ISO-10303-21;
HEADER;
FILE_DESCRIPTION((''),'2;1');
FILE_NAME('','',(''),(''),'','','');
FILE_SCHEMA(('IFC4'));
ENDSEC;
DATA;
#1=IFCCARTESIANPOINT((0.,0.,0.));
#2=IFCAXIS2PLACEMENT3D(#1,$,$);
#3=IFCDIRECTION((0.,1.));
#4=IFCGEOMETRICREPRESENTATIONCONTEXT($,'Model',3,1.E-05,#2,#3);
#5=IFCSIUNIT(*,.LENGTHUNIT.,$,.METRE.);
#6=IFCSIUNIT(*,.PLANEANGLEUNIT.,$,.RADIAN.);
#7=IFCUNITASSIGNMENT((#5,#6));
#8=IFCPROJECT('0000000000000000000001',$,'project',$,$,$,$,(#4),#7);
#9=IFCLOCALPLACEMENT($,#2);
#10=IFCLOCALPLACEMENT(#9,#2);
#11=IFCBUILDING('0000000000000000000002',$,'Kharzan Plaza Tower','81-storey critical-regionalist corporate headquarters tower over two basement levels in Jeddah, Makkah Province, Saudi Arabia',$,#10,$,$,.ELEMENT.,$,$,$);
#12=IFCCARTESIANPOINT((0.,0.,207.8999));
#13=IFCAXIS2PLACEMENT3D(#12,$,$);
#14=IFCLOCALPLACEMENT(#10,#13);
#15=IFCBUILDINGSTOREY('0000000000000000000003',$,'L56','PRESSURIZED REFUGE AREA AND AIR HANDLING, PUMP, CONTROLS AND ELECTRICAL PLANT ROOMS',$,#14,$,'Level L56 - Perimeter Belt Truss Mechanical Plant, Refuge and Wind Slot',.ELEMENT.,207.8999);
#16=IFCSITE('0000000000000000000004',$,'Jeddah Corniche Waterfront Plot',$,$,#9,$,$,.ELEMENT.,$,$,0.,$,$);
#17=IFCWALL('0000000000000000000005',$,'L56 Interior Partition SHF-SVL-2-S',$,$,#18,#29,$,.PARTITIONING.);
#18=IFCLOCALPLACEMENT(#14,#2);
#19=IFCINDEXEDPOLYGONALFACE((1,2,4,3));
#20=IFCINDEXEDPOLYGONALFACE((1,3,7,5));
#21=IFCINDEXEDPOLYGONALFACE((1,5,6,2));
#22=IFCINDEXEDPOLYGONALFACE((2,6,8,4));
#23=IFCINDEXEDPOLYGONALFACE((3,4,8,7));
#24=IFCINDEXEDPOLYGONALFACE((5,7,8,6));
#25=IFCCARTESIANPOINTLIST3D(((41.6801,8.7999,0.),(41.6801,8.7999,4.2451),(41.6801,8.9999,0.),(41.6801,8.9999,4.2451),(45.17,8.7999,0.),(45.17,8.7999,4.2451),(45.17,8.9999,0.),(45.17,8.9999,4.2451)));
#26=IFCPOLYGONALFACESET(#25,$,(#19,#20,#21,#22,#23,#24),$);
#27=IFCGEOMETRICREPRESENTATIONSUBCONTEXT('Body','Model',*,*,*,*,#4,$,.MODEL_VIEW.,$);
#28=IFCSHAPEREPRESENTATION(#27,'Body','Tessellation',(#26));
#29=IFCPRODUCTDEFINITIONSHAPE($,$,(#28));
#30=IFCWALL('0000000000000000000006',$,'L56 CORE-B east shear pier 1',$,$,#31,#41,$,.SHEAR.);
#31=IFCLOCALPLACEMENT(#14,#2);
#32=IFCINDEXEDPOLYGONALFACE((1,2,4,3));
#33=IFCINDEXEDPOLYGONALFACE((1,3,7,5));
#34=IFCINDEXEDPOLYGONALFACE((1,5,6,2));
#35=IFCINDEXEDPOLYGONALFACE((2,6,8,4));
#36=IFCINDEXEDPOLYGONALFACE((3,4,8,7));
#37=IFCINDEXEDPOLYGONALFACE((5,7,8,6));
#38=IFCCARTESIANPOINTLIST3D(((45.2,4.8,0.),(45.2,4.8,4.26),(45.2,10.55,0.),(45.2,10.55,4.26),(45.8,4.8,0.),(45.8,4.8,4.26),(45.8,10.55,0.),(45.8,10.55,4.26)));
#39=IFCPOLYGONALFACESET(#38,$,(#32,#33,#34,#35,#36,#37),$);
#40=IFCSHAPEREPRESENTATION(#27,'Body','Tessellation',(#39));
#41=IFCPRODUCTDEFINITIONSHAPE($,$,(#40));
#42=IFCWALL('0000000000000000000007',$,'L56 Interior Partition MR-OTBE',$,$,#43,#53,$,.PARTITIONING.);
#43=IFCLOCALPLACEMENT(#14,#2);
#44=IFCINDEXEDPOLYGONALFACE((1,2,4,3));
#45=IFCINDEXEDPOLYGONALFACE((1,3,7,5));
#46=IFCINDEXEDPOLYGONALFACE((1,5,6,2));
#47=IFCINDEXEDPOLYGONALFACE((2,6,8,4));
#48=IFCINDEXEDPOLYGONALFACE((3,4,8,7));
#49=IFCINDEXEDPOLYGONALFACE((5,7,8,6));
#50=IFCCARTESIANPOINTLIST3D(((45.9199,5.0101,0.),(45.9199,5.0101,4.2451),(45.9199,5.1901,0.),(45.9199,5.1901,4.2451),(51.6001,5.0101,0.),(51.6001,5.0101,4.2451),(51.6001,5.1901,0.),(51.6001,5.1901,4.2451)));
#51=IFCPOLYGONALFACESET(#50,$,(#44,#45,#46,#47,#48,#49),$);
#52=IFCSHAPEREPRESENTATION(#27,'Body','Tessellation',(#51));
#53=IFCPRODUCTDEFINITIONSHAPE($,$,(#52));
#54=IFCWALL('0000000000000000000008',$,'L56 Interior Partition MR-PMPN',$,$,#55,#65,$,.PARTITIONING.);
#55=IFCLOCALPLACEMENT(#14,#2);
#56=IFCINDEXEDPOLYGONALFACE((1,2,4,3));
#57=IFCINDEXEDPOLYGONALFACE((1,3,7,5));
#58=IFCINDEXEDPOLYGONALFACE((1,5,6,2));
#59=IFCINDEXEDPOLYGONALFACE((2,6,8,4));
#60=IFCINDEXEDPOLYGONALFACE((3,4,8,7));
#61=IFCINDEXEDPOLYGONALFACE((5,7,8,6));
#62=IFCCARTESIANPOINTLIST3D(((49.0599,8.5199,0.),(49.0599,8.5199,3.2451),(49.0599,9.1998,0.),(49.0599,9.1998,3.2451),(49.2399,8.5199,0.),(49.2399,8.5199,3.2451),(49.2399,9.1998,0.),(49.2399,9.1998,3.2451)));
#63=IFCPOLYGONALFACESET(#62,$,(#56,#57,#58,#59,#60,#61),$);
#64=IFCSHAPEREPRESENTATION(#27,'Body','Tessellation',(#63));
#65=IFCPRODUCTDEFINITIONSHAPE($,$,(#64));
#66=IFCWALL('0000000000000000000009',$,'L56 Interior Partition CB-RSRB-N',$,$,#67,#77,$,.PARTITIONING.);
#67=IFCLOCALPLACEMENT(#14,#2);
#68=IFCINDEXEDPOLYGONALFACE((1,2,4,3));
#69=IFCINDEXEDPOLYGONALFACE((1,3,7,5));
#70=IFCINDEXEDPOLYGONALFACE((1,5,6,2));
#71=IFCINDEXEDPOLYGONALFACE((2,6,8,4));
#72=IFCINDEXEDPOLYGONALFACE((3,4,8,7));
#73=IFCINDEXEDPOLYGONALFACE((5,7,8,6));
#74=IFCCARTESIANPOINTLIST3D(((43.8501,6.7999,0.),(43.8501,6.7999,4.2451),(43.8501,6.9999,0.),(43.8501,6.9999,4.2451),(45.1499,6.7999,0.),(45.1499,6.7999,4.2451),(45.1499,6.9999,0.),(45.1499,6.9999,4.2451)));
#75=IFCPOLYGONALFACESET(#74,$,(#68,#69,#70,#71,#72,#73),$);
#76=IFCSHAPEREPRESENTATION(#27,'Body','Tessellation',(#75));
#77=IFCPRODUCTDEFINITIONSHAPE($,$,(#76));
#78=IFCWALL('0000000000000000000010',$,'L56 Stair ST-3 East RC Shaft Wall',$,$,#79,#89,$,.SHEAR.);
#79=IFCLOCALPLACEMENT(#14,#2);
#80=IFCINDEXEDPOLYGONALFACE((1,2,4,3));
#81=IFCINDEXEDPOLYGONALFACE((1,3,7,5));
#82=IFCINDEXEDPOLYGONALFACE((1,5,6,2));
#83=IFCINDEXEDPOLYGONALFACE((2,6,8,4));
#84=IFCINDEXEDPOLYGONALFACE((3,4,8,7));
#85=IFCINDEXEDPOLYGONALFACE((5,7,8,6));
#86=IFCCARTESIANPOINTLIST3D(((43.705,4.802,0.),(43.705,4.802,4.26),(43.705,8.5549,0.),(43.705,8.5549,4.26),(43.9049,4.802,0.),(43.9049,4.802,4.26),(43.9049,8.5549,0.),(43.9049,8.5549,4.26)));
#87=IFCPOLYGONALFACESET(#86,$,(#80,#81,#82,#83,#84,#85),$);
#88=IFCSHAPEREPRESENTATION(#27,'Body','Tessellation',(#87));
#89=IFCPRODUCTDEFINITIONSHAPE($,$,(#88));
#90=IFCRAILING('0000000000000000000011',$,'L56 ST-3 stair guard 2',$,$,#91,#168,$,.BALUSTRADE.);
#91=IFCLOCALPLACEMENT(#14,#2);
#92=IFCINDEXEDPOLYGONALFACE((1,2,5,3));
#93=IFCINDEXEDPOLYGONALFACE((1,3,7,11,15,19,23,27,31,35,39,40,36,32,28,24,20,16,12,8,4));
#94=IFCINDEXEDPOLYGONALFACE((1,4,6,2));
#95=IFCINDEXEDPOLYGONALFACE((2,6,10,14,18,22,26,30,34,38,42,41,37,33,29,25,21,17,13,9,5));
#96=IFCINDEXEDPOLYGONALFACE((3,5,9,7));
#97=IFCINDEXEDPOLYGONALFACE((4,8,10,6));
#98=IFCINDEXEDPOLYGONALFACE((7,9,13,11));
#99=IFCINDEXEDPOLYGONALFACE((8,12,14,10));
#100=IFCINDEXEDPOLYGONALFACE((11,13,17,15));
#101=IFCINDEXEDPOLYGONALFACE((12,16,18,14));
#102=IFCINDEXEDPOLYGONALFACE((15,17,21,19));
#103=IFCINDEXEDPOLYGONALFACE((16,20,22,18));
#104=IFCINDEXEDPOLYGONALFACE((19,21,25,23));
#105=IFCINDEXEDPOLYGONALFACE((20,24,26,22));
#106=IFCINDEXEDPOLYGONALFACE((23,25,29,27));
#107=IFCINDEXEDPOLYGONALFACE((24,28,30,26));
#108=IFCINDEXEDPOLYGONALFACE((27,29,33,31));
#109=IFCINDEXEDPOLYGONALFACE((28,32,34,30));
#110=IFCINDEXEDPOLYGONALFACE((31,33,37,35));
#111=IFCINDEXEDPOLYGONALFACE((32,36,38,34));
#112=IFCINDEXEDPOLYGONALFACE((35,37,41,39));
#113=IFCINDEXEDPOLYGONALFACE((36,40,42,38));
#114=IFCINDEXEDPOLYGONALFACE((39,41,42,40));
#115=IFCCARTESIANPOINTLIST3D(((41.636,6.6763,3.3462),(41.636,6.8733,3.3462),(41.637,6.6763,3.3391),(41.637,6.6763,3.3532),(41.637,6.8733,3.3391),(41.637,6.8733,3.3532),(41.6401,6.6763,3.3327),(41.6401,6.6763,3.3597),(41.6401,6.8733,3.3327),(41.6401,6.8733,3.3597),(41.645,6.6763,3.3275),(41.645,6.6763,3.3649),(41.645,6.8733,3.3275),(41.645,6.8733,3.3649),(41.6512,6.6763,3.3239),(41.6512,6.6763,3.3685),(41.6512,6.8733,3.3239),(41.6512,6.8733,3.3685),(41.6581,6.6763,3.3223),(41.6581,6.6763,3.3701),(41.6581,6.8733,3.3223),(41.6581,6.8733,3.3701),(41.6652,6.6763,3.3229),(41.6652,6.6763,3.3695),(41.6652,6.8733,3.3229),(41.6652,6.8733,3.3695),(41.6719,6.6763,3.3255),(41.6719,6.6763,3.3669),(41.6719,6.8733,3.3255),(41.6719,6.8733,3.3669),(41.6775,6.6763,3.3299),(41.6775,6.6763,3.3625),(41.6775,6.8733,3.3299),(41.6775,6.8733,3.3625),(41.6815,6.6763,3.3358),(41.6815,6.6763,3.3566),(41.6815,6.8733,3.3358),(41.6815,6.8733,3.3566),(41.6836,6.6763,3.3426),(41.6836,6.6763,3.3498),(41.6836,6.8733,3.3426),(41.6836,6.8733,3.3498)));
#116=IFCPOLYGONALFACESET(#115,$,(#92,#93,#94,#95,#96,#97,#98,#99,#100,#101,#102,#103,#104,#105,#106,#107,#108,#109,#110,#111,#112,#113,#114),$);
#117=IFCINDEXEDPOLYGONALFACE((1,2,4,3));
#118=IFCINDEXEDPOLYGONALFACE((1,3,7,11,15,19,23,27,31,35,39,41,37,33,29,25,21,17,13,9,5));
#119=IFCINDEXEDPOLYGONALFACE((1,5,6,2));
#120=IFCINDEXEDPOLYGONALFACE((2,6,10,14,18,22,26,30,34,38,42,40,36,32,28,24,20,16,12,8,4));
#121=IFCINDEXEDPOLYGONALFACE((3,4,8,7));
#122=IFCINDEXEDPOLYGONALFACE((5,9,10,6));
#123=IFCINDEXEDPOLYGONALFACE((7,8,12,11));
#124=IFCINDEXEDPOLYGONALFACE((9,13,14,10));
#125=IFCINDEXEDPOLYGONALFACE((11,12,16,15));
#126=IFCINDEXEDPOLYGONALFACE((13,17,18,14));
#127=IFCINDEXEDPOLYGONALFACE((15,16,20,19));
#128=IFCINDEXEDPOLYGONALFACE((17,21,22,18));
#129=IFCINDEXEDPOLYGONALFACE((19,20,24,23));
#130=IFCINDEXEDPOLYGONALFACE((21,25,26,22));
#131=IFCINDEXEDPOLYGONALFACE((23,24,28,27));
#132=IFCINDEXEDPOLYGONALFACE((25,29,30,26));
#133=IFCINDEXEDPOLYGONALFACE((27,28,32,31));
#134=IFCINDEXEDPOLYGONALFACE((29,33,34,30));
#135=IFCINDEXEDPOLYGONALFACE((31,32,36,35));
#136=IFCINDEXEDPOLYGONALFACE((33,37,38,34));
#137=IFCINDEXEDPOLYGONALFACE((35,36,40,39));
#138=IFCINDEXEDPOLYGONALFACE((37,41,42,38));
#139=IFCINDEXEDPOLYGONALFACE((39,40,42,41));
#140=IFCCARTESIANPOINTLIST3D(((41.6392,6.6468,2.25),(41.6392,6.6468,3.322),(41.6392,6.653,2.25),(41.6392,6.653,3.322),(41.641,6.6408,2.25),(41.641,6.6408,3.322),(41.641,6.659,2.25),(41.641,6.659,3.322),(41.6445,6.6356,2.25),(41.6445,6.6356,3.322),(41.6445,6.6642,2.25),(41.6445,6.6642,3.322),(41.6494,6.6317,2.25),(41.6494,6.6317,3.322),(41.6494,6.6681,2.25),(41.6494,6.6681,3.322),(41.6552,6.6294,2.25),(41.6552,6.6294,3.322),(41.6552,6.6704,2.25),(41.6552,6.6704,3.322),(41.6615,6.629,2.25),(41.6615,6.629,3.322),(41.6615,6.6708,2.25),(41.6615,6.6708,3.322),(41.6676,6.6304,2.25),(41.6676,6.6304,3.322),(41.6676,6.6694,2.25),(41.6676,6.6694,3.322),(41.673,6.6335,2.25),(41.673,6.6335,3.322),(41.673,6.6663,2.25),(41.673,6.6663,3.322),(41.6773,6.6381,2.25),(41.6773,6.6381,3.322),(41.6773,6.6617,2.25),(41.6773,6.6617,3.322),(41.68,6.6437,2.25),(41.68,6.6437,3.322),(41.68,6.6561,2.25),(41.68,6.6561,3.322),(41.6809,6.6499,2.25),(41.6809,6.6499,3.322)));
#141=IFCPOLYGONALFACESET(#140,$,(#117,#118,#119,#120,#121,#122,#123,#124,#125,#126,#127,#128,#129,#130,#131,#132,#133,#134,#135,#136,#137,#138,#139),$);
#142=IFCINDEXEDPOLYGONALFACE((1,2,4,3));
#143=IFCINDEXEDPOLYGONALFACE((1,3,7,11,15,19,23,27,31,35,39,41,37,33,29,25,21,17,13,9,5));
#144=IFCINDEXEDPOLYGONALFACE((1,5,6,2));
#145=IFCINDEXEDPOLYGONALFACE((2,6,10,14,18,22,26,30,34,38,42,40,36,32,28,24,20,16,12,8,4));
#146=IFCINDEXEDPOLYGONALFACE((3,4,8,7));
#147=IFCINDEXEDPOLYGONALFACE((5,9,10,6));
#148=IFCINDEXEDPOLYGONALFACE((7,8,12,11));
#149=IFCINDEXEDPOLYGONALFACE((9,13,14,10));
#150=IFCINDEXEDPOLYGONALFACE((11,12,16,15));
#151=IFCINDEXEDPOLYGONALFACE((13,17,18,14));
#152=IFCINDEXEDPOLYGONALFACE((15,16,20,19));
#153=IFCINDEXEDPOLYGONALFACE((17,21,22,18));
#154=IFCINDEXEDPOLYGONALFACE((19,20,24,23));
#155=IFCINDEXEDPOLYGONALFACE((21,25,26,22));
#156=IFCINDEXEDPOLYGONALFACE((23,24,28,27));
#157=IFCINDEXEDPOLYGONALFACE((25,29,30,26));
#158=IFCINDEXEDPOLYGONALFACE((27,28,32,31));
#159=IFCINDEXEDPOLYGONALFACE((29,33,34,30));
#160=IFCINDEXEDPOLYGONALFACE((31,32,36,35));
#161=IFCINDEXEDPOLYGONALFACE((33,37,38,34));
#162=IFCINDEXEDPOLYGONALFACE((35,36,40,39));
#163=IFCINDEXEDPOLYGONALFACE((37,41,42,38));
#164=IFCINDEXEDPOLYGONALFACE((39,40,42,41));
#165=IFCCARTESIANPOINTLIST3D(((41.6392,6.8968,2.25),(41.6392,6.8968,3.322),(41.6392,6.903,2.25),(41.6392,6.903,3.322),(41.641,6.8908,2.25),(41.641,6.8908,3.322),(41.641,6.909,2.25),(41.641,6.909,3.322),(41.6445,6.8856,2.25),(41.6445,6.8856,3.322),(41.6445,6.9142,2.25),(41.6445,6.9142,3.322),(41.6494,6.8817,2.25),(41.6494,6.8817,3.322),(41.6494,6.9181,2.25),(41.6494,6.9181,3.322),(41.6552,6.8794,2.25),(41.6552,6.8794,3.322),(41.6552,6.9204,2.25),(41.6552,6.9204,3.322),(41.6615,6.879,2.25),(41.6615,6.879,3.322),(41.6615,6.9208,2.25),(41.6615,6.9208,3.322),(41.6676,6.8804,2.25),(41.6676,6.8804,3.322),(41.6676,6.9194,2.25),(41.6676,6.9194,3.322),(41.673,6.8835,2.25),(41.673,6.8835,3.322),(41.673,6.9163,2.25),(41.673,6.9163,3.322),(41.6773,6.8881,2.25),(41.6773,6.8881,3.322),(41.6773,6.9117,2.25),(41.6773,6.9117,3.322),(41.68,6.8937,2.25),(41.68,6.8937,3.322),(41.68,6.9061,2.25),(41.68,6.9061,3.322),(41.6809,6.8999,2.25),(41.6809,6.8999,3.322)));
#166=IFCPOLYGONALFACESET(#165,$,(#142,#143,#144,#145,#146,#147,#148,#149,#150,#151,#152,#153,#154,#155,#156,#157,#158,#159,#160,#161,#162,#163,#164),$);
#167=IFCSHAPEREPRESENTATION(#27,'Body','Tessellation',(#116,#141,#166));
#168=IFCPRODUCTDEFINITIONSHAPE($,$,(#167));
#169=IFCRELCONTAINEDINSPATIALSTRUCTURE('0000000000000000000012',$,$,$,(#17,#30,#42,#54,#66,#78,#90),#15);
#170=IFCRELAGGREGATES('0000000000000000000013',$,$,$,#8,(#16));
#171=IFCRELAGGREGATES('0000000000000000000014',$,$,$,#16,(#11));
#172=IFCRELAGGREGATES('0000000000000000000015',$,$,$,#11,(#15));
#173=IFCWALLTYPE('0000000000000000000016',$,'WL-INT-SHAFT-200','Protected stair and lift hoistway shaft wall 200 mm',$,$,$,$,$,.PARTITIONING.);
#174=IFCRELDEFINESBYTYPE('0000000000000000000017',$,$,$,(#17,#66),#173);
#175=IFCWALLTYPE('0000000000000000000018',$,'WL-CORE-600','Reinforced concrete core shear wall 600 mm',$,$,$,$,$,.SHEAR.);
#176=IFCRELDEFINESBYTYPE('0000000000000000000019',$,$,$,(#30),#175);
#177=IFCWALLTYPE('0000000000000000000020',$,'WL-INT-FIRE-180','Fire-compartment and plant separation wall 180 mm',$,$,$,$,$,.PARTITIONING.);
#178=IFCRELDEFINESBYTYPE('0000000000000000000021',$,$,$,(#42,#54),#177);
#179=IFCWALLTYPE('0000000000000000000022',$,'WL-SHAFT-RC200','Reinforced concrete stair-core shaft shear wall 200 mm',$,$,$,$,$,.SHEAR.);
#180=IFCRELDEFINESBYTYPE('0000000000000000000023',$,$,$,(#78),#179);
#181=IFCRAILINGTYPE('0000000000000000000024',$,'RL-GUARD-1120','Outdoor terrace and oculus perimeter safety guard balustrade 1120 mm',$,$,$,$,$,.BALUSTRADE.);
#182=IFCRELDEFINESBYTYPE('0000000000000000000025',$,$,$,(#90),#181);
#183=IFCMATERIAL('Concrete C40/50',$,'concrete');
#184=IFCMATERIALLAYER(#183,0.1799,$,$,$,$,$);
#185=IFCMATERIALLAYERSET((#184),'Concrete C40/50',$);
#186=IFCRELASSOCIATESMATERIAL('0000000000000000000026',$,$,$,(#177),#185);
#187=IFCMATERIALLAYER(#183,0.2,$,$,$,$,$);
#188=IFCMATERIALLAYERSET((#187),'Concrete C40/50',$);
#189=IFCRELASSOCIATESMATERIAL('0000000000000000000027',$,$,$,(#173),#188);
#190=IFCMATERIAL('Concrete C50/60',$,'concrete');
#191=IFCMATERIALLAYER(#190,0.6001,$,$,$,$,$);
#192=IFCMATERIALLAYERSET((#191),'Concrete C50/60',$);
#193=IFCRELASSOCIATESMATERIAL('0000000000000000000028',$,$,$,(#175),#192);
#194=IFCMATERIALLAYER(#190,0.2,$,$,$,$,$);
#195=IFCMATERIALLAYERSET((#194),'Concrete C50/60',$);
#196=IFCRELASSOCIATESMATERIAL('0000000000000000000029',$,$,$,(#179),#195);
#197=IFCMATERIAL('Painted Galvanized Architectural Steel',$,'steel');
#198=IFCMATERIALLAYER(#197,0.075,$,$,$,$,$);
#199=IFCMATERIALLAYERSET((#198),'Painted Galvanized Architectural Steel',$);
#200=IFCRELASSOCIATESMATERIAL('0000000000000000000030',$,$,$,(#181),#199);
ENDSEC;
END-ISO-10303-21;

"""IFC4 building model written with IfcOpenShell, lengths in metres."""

from ifc_helpers import new_model, si_unit, direction, frame, frame_2d, origin, origin_2d, place, context, subcontext, project, spatial, rectangle, circle, extrude, source, transform, mapped, material, layer, layer_set, type_object, element, save


model = new_model("IFC4")

# Units and contexts
model_context = context("Model", 3, precision=1e-05, world=origin(), true_north=direction((0.0, 1.0)))
body_context = subcontext(model_context, "Body", "Model", "MODEL_VIEW")
ifc_project = project(units=[si_unit("LENGTHUNIT", "METRE"), si_unit("PLANEANGLEUNIT", "RADIAN")], contexts=[model_context])

# Site, building, storey
site_placement = place(None, origin())
site = spatial("IfcSite", under=ifc_project, at=site_placement, Name="Jeddah Corniche Waterfront Plot", CompositionType="ELEMENT", RefElevation=0.0)
building_placement = place(site_placement, origin())
building = spatial("IfcBuilding", under=site, at=building_placement, Name="Kharzan Plaza Tower", Description="81-storey critical-regionalist corporate headquarters tower over two basement levels in Jeddah, Makkah Province, Saudi Arabia", CompositionType="ELEMENT")
storey_placement = place(building_placement, frame((0.0, 0.0, 207.8999)))
storey = spatial("IfcBuildingStorey", under=building, at=storey_placement, Name="L56", Description="PRESSURIZED REFUGE AREA AND AIR HANDLING, PUMP, CONTROLS AND ELECTRICAL PLANT ROOMS", LongName="Level L56 - Perimeter Belt Truss Mechanical Plant, Refuge and Wind Slot", CompositionType="ELEMENT", Elevation=207.8999)

# Shared definitions
ifc_material_1 = material(Name="Concrete C50/60", Category="concrete")

# Shared definitions
ifc_material_2 = material(Name="Concrete C40/50", Category="concrete")
ifc_layer_1 = layer(ifc_material_2, 0.1799)
ifc_layer_set_1 = layer_set([ifc_layer_1], Name="Concrete C40/50")
wall_type_1 = type_object("IfcWallType", Name="WL-INT-FIRE-180", Description="Fire-compartment and plant separation wall 180 mm", PredefinedType="PARTITIONING", material=ifc_layer_set_1)
ifc_layer_2 = layer(ifc_material_2, 0.2)
ifc_layer_set_2 = layer_set([ifc_layer_2], Name="Concrete C40/50")
wall_type_2 = type_object("IfcWallType", Name="WL-INT-SHAFT-200", Description="Protected stair and lift hoistway shaft wall 200 mm", PredefinedType="PARTITIONING", material=ifc_layer_set_2)

# Walls
shared_shape_1 = source(origin(), body_context, "Body", "SweptSolid", [
    extrude(rectangle(XDim=3.49, YDim=0.2, at=frame_2d((1.7451, 0.0))), origin(), (0.0, 0.0, 1.0), 4.2451),
])
wall_1_placement = place(storey_placement, frame((41.6799, 8.8999, 0.0), z_axis=(0.0, 0.0, 1.0), x_axis=(1.0, 0.0, 0.0)))
element("IfcWall", 1, at=wall_1_placement, inside=storey, type_object=wall_type_2, Name="L56 Interior Partition SHF-SVL-2-S", PredefinedType="PARTITIONING", context=body_context, shape_type="MappedRepresentation", body=[
    mapped(shared_shape_1, transform((0.0, 0.0, 0.0), x_axis=(1.0, 0.0, 0.0), y_axis=(0.0, 1.0, 0.0), z_axis=(0.0, 0.0, 1.0))),
])
ifc_layer_3 = layer(ifc_material_1, 0.6001)
ifc_layer_set_3 = layer_set([ifc_layer_3], Name="Concrete C50/60")
wall_type_3 = type_object("IfcWallType", Name="WL-CORE-600", Description="Reinforced concrete core shear wall 600 mm", PredefinedType="SHEAR", material=ifc_layer_set_3)
shared_shape_2 = source(origin(), body_context, "Body", "SweptSolid", [
    extrude(rectangle(XDim=5.75, YDim=0.6001, at=frame_2d((2.875, 0.0))), origin(), (0.0, 0.0, 1.0), 4.26),
])
wall_2_placement = place(storey_placement, frame((45.5, 4.8, 0.0), z_axis=(0.0, 0.0, 1.0), x_axis=(0.0, 1.0, 0.0)))
element("IfcWall", 2, at=wall_2_placement, inside=storey, type_object=wall_type_3, Name="L56 CORE-B east shear pier 1", PredefinedType="SHEAR", context=body_context, shape_type="MappedRepresentation", body=[
    mapped(shared_shape_2, transform((0.0, 0.0, 0.0), x_axis=(1.0, 0.0, 0.0), y_axis=(0.0, 1.0, 0.0), z_axis=(0.0, 0.0, 1.0))),
])
shared_shape_3 = source(origin(), body_context, "Body", "SweptSolid", [
    extrude(rectangle(XDim=5.6802, YDim=0.1799, at=frame_2d((2.8401, 0.0))), origin(), (0.0, 0.0, 1.0), 4.2451),
])
wall_3_placement = place(storey_placement, frame((45.9199, 5.1001, 0.0), z_axis=(0.0, 0.0, 1.0), x_axis=(1.0, 0.0, 0.0)))
element("IfcWall", 3, at=wall_3_placement, inside=storey, type_object=wall_type_1, Name="L56 Interior Partition MR-OTBE", PredefinedType="PARTITIONING", context=body_context, shape_type="MappedRepresentation", body=[
    mapped(shared_shape_3, transform((0.0, 0.0, 0.0), x_axis=(1.0, 0.0, 0.0), y_axis=(0.0, 1.0, 0.0), z_axis=(0.0, 0.0, 1.0))),
])
shared_shape_4 = source(origin(), body_context, "Body", "SweptSolid", [
    extrude(rectangle(XDim=0.6799, YDim=0.1799, at=frame_2d((0.3398, 0.0))), origin(), (0.0, 0.0, 1.0), 3.2451),
])
wall_4_placement = place(storey_placement, frame((49.1499, 8.52, 0.0), z_axis=(0.0, 0.0, 1.0), x_axis=(0.0, 1.0, 0.0)))
element("IfcWall", 4, at=wall_4_placement, inside=storey, type_object=wall_type_1, Name="L56 Interior Partition MR-PMPN", PredefinedType="PARTITIONING", context=body_context, shape_type="MappedRepresentation", body=[
    mapped(shared_shape_4, transform((0.0, 0.0, 0.0), x_axis=(1.0, 0.0, 0.0), y_axis=(0.0, 1.0, 0.0), z_axis=(0.0, 0.0, 1.0))),
])
shared_shape_5 = source(origin(), body_context, "Body", "SweptSolid", [
    extrude(rectangle(XDim=1.2998, YDim=0.2, at=frame_2d((0.6499, 0.0))), origin(), (0.0, 0.0, 1.0), 4.2451),
])
wall_5_placement = place(storey_placement, frame((43.8501, 6.8999, 0.0), z_axis=(0.0, 0.0, 1.0), x_axis=(1.0, 0.0, 0.0)))
element("IfcWall", 5, at=wall_5_placement, inside=storey, type_object=wall_type_2, Name="L56 Interior Partition CB-RSRB-N", PredefinedType="PARTITIONING", context=body_context, shape_type="MappedRepresentation", body=[
    mapped(shared_shape_5, transform((0.0, 0.0, 0.0), x_axis=(1.0, 0.0, 0.0), y_axis=(0.0, 1.0, 0.0), z_axis=(0.0, 0.0, 1.0))),
])
ifc_layer_4 = layer(ifc_material_1, 0.2)
ifc_layer_set_4 = layer_set([ifc_layer_4], Name="Concrete C50/60")
wall_type_4 = type_object("IfcWallType", Name="WL-SHAFT-RC200", Description="Reinforced concrete stair-core shaft shear wall 200 mm", PredefinedType="SHEAR", material=ifc_layer_set_4)
shared_shape_6 = source(origin(), body_context, "Body", "SweptSolid", [
    extrude(rectangle(XDim=3.7529, YDim=0.2, at=frame_2d((1.8765, 0.0))), origin(), (0.0, 0.0, 1.0), 4.26),
])
wall_6_placement = place(storey_placement, frame((43.8049, 4.802, 0.0), z_axis=(0.0, 0.0, 1.0), x_axis=(0.0, 1.0, 0.0)))
element("IfcWall", 6, at=wall_6_placement, inside=storey, type_object=wall_type_4, Name="L56 Stair ST-3 East RC Shaft Wall", PredefinedType="SHEAR", context=body_context, shape_type="MappedRepresentation", body=[
    mapped(shared_shape_6, transform((0.0, 0.0, 0.0), x_axis=(1.0, 0.0, 0.0), y_axis=(0.0, 1.0, 0.0), z_axis=(0.0, 0.0, 1.0))),
])

# Railing
ifc_material_3 = material(Name="Painted Galvanized Architectural Steel", Category="steel")
ifc_layer_5 = layer(ifc_material_3, 0.075)
ifc_layer_set_5 = layer_set([ifc_layer_5], Name="Painted Galvanized Architectural Steel")
railing_type = type_object("IfcRailingType", Name="RL-GUARD-1120", Description="Outdoor terrace and oculus perimeter safety guard balustrade 1120 mm", PredefinedType="BALUSTRADE", material=ifc_layer_set_5)
shared_shape_7 = source(origin(), body_context, "Body", "SweptSolid", [
    extrude(circle(Radius=0.0239, at=origin_2d()), frame((0.0, 0.0264, 1.0962), z_axis=(0.0, 1.0, 0.0), x_axis=(-1.0, 0.0, 0.0)), (0.0, 0.0, 1.0), 0.197),
    extrude(circle(Radius=0.021, at=origin_2d()), origin(), (0.0, 0.0, 1.0), 1.072),
    extrude(circle(Radius=0.021, at=origin_2d()), frame((0.0, 0.25, 0.0)), (0.0, 0.0, 1.0), 1.072),
])
railing_placement = place(storey_placement, frame((41.6599, 6.6499, 2.25)))
element("IfcRailing", 7, at=railing_placement, inside=storey, type_object=railing_type, Name="L56 ST-3 stair guard 2", PredefinedType="BALUSTRADE", context=body_context, shape_type="MappedRepresentation", body=[
    mapped(shared_shape_7, transform((0.0, 0.0, 0.0), x_axis=(1.0, 0.0, 0.0), y_axis=(0.0, 1.0, 0.0), z_axis=(0.0, 0.0, 1.0))),
])

save(model, "model.ifc")
